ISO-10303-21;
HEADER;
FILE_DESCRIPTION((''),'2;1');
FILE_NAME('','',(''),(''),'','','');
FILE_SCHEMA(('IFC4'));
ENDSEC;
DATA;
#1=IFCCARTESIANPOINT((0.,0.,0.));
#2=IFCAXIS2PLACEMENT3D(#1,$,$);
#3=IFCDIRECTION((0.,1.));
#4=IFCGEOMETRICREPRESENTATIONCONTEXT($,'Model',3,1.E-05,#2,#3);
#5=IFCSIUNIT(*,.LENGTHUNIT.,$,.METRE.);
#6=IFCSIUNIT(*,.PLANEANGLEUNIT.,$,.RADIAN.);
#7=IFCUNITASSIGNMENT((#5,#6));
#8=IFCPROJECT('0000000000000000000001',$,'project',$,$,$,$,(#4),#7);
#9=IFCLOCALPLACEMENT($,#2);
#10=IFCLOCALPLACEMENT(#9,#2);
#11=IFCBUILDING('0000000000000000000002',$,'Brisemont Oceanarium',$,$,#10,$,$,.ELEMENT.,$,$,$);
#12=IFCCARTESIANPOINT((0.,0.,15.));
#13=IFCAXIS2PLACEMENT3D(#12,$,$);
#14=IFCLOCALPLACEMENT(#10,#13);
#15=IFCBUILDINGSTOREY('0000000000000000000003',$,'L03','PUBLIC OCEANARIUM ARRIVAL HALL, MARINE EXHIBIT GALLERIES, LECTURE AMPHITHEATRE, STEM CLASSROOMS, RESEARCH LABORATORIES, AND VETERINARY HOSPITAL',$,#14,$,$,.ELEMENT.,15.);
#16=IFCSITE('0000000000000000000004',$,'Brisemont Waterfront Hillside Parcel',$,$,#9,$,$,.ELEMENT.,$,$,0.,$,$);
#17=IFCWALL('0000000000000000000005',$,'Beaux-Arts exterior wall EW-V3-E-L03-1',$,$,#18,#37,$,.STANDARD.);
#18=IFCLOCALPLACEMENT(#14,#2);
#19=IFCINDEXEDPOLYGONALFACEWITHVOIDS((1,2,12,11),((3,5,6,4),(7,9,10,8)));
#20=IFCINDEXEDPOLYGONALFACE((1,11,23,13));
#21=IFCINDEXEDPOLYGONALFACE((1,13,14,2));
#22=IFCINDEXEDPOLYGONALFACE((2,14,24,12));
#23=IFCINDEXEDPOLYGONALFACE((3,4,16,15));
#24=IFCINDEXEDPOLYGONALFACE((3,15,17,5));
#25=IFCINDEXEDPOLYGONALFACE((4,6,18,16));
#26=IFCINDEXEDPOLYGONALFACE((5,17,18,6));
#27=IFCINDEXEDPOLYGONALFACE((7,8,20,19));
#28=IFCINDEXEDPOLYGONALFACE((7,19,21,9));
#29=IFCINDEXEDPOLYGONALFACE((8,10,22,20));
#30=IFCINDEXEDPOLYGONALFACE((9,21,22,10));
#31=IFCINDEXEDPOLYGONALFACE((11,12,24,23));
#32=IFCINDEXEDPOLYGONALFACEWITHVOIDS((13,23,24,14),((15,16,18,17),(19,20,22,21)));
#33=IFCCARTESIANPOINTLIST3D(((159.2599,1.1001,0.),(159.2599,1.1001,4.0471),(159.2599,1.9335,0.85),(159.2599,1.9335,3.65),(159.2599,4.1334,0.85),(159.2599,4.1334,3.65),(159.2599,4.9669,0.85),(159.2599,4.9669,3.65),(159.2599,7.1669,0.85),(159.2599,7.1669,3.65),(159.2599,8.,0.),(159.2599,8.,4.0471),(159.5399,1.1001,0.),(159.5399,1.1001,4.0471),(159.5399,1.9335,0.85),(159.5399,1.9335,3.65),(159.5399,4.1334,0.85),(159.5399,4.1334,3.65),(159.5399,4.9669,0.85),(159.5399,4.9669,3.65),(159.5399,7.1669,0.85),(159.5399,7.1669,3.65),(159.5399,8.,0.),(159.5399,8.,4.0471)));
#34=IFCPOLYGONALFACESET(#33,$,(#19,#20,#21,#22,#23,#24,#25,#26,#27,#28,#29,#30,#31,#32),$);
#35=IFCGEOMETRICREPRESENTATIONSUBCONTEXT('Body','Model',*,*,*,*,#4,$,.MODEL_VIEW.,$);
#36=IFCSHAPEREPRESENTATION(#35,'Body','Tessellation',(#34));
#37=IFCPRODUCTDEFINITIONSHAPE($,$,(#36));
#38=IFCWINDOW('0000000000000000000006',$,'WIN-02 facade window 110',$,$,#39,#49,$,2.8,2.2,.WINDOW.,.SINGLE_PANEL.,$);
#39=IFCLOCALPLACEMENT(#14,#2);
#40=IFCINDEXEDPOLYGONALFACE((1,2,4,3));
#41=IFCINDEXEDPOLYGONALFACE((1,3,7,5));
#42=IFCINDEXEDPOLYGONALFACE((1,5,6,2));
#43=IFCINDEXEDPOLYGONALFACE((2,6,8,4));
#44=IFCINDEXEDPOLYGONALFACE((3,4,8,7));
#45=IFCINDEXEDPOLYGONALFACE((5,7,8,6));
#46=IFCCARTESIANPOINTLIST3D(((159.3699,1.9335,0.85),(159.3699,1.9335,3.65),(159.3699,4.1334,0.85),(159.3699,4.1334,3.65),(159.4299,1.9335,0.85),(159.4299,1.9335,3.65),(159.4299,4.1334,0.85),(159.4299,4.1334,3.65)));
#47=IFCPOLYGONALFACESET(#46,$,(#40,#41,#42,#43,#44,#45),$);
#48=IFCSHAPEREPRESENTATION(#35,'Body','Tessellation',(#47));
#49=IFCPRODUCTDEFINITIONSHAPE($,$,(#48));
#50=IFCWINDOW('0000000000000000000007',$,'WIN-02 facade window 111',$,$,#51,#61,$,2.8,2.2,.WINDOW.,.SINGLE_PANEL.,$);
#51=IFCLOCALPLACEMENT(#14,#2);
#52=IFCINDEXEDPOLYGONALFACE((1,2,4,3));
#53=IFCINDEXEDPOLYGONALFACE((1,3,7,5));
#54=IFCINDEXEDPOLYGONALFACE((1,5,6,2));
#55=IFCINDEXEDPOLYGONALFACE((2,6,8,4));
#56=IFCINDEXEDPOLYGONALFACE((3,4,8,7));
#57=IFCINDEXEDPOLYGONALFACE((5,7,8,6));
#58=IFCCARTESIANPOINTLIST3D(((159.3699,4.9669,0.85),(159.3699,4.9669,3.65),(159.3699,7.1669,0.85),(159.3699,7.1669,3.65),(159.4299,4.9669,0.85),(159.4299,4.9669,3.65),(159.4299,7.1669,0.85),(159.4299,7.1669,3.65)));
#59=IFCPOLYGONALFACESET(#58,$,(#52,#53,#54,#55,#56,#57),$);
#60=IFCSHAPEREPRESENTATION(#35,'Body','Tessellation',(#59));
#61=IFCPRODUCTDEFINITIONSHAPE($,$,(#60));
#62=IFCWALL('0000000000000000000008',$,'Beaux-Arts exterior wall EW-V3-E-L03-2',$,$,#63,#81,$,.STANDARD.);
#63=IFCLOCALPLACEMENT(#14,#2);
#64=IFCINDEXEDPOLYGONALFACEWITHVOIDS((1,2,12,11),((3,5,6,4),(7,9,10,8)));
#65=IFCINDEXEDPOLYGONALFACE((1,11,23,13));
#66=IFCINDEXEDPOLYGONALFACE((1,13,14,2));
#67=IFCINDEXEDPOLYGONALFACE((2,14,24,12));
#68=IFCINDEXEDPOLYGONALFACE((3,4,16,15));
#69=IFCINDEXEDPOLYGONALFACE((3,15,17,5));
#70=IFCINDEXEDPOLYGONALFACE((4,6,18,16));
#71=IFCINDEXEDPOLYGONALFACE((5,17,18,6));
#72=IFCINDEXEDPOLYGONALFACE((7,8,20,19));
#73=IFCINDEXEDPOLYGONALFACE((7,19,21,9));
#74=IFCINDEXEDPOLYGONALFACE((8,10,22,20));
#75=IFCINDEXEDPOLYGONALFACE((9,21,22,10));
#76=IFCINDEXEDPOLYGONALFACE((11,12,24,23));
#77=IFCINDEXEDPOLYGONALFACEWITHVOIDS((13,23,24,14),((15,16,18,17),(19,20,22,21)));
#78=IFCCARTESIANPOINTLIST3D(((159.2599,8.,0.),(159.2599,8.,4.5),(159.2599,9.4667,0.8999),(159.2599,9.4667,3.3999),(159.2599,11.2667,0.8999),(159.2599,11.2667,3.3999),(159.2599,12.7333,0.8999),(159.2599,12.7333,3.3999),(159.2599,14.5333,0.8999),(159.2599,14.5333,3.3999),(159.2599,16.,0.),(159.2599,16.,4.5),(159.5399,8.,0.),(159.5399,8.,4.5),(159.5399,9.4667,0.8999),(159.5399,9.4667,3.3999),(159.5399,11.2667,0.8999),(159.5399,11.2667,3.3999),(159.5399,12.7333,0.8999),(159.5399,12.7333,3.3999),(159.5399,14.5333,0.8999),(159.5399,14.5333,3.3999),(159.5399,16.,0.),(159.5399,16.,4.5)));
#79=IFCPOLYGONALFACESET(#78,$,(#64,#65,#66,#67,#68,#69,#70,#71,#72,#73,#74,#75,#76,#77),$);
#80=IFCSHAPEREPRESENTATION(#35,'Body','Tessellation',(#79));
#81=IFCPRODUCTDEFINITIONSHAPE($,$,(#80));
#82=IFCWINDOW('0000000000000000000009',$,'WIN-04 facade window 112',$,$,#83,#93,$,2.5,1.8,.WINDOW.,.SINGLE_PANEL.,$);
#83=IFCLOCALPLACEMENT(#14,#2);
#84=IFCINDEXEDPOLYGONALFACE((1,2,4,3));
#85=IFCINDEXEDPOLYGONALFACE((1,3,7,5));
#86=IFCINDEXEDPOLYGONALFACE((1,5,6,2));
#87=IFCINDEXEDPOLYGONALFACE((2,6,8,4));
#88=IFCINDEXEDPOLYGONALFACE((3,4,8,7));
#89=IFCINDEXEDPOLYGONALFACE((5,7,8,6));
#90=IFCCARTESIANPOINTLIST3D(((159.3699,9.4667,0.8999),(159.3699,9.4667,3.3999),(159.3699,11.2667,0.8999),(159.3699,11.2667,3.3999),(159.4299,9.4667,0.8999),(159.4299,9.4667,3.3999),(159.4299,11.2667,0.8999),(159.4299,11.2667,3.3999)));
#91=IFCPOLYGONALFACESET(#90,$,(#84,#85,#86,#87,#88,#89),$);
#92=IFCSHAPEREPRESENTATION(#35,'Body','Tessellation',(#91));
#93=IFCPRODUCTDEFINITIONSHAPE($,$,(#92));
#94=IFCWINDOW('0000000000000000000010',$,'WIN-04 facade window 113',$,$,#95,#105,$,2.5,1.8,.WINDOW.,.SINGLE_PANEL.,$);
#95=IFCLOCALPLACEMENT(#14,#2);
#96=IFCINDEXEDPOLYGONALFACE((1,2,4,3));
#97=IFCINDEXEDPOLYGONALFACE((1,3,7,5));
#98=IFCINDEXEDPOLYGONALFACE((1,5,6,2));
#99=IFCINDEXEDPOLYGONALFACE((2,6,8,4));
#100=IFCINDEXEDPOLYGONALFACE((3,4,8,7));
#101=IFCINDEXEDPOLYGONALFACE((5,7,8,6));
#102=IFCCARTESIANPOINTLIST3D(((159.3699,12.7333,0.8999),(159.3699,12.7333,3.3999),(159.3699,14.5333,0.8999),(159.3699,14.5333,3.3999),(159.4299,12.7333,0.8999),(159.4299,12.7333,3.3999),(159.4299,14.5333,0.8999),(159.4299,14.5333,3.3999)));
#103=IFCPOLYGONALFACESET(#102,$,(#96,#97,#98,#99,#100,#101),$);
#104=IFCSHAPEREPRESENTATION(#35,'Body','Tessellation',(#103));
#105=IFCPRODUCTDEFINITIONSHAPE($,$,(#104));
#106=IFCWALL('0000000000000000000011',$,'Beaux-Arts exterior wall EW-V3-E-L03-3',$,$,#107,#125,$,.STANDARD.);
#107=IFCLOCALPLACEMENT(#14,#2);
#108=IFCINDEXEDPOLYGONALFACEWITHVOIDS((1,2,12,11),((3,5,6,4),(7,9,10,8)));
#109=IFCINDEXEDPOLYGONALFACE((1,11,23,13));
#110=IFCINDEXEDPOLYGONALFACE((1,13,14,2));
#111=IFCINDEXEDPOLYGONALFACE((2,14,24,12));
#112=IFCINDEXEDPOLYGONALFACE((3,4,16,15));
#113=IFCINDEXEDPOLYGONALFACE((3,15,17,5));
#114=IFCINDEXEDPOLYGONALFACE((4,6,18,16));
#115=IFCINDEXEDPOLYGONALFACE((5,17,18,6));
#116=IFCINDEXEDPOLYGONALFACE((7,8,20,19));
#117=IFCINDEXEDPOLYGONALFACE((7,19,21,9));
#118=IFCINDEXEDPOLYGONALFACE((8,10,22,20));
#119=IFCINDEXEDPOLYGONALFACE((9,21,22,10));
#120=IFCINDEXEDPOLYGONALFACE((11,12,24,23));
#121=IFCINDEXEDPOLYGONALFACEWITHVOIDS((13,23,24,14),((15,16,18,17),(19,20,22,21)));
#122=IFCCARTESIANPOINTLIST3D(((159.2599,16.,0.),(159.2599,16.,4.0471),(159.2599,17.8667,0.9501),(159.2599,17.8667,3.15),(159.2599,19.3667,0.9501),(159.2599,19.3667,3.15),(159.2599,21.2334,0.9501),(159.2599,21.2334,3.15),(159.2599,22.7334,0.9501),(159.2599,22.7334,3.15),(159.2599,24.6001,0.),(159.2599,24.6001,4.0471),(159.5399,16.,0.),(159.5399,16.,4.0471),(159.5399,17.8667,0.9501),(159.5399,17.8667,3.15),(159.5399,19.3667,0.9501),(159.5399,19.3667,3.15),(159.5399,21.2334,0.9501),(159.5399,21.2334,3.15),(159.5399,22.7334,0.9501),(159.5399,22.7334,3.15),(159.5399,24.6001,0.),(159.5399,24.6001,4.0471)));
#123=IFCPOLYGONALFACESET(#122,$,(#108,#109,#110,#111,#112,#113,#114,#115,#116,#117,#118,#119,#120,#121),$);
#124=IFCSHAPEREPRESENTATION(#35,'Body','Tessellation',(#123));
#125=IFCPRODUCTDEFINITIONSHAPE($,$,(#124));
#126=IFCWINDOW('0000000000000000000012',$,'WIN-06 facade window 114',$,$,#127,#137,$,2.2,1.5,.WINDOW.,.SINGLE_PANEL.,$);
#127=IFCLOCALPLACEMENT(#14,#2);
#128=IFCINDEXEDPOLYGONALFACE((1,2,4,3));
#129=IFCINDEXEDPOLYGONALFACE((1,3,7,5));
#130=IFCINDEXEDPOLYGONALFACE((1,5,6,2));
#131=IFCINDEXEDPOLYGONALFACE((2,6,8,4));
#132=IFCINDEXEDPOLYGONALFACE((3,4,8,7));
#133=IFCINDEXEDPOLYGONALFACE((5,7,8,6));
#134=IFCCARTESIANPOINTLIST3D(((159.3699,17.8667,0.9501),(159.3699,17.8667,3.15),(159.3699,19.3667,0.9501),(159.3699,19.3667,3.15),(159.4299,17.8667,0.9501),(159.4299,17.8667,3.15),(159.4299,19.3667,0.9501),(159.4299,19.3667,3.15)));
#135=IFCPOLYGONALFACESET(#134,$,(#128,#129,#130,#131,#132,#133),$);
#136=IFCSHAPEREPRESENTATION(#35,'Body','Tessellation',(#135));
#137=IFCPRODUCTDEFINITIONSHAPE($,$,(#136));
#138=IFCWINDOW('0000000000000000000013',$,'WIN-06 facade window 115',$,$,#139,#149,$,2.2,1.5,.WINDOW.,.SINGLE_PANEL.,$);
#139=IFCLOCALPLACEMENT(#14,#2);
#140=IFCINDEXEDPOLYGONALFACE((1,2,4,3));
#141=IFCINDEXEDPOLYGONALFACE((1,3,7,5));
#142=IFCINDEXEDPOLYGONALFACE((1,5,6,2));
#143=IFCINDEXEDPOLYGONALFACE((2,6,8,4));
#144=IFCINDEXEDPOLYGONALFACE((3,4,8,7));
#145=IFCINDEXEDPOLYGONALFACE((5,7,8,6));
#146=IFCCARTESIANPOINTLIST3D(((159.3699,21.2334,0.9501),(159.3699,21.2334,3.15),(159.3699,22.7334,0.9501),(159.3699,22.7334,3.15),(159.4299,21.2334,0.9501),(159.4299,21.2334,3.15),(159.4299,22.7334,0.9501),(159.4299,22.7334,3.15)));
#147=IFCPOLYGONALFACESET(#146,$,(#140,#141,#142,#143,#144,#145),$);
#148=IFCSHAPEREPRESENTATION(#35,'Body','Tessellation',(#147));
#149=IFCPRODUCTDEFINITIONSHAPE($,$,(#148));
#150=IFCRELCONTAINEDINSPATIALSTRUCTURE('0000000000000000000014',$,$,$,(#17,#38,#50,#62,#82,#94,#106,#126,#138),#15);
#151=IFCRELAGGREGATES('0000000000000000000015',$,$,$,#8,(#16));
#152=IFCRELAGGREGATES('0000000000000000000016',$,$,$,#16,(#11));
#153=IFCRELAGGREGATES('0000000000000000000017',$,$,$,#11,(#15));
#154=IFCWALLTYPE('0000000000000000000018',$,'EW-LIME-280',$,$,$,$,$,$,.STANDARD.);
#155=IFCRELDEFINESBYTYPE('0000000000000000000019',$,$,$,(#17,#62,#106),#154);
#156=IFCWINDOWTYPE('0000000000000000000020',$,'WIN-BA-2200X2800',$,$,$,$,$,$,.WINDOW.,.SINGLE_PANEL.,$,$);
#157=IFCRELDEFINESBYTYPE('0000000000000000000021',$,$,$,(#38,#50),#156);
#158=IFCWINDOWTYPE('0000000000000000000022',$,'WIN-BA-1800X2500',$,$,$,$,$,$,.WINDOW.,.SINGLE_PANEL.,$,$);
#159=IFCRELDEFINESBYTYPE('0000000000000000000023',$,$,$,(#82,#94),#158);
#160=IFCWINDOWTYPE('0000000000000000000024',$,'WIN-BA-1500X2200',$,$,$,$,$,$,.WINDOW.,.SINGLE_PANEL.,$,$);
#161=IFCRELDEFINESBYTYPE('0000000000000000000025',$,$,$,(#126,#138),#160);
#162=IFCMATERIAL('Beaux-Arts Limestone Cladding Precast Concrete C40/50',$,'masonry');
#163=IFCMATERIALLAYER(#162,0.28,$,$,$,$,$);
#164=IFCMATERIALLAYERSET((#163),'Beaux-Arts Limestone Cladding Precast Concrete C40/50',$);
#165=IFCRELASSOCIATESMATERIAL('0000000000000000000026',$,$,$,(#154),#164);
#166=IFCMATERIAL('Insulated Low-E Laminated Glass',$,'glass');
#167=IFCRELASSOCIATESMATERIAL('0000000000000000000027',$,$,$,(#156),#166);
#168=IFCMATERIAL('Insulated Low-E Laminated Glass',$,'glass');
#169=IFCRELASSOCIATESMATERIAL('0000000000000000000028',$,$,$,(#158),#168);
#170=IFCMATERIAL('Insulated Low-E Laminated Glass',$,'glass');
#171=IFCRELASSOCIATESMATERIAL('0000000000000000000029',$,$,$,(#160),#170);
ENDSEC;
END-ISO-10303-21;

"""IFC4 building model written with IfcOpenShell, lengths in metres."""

from ifc_helpers import new_model, si_unit, direction, frame, frame_2d, origin, place, context, subcontext, project, spatial, rectangle, extrude, material, layer, layer_set, type_object, element, fill, save


model = new_model("IFC4")

# Units and contexts
model_context = context("Model", 3, precision=1e-05, world=origin(), true_north=direction((0.0, 1.0)))
body_context = subcontext(model_context, "Body", "Model", "MODEL_VIEW")
ifc_project = project(units=[si_unit("LENGTHUNIT", "METRE"), si_unit("PLANEANGLEUNIT", "RADIAN")], contexts=[model_context])

# Site, building, storey
site_placement = place(None, origin())
site = spatial("IfcSite", under=ifc_project, at=site_placement, Name="Brisemont Waterfront Hillside Parcel", CompositionType="ELEMENT", RefElevation=0.0)
building_placement = place(site_placement, origin())
building = spatial("IfcBuilding", under=site, at=building_placement, Name="Brisemont Oceanarium", CompositionType="ELEMENT")
storey_placement = place(building_placement, frame((0.0, 0.0, 15.0)))
storey = spatial("IfcBuildingStorey", under=building, at=storey_placement, Name="L03", Description="PUBLIC OCEANARIUM ARRIVAL HALL, MARINE EXHIBIT GALLERIES, LECTURE AMPHITHEATRE, STEM CLASSROOMS, RESEARCH LABORATORIES, AND VETERINARY HOSPITAL", CompositionType="ELEMENT", Elevation=15.0)

# Walls, openings, windows
ifc_material_1 = material(Name="Beaux-Arts Limestone Cladding Precast Concrete C40/50", Category="masonry")
ifc_layer_1 = layer(ifc_material_1, 0.28)
ifc_layer_set_1 = layer_set([ifc_layer_1], Name="Beaux-Arts Limestone Cladding Precast Concrete C40/50")
wall_type = type_object("IfcWallType", Name="EW-LIME-280", PredefinedType="STANDARD", material=ifc_layer_set_1)
wall_1_placement = place(storey_placement, frame((159.3999, 1.1001, 0.0), z_axis=(0.0, 0.0, 1.0), x_axis=(0.0, 1.0, 0.0)))
wall_1 = element("IfcWall", 1, at=wall_1_placement, inside=storey, type_object=wall_type, Name="Beaux-Arts exterior wall EW-V3-E-L03-1", PredefinedType="STANDARD", context=body_context, shape_type="SweptSolid", body=[
    extrude(rectangle(XDim=6.8999, YDim=0.28, at=frame_2d((3.45, 0.0))), origin(), (0.0, 0.0, 1.0), 4.0471),
])
opening_1_placement = place(wall_1_placement, frame((0.8333, 0.0, 0.8501)))
opening_1 = element("IfcOpeningElement", 2, at=opening_1_placement, cuts=wall_1, PredefinedType="OPENING", context=body_context, shape_type="SweptSolid", body=[
    extrude(rectangle(XDim=2.2, YDim=2.8, at=frame_2d((1.1001, 1.3999))), frame((0.0, 0.1499, 0.0), z_axis=(0.0, -1.0, 0.0), x_axis=(1.0, 0.0, 0.0)), (0.0, 0.0, 1.0), 0.3),
])
opening_2_placement = place(wall_1_placement, frame((3.8667, 0.0, 0.8501)))
opening_2 = element("IfcOpeningElement", 3, at=opening_2_placement, cuts=wall_1, PredefinedType="OPENING", context=body_context, shape_type="SweptSolid", body=[
    extrude(rectangle(XDim=2.2, YDim=2.8, at=frame_2d((1.1001, 1.3999))), frame((0.0, 0.1499, 0.0), z_axis=(0.0, -1.0, 0.0), x_axis=(1.0, 0.0, 0.0)), (0.0, 0.0, 1.0), 0.3),
])
ifc_material_2 = material(Name="Insulated Low-E Laminated Glass", Category="glass")
window_type_1 = type_object("IfcWindowType", Name="WIN-BA-2200X2800", PartitioningType="SINGLE_PANEL", PredefinedType="WINDOW", material=ifc_material_2)
window_1_placement = place(opening_1_placement, origin())
window_1 = element("IfcWindow", 4, at=window_1_placement, inside=storey, type_object=window_type_1, Name="WIN-02 facade window 110", OverallHeight=2.8, OverallWidth=2.2, PartitioningType="SINGLE_PANEL", PredefinedType="WINDOW", context=body_context, shape_type="SweptSolid", body=[
    extrude(rectangle(XDim=2.2, YDim=2.8, at=frame_2d((1.1001, 1.3999))), frame((0.0, 0.03, 0.0), z_axis=(0.0, -1.0, 0.0), x_axis=(1.0, 0.0, 0.0)), (0.0, 0.0, 1.0), 0.0601),
])
fill(opening_1, window_1)
window_2_placement = place(opening_2_placement, origin())
window_2 = element("IfcWindow", 5, at=window_2_placement, inside=storey, type_object=window_type_1, Name="WIN-02 facade window 111", OverallHeight=2.8, OverallWidth=2.2, PartitioningType="SINGLE_PANEL", PredefinedType="WINDOW", context=body_context, shape_type="SweptSolid", body=[
    extrude(rectangle(XDim=2.2, YDim=2.8, at=frame_2d((1.1001, 1.3999))), frame((0.0, 0.03, 0.0), z_axis=(0.0, -1.0, 0.0), x_axis=(1.0, 0.0, 0.0)), (0.0, 0.0, 1.0), 0.0601),
])
fill(opening_2, window_2)
wall_2_placement = place(storey_placement, frame((159.3999, 8.0, 0.0), z_axis=(0.0, 0.0, 1.0), x_axis=(0.0, 1.0, 0.0)))
wall_2 = element("IfcWall", 6, at=wall_2_placement, inside=storey, type_object=wall_type, Name="Beaux-Arts exterior wall EW-V3-E-L03-2", PredefinedType="STANDARD", context=body_context, shape_type="SweptSolid", body=[
    extrude(rectangle(XDim=8.0, YDim=0.28, at=frame_2d((4.0, 0.0))), origin(), (0.0, 0.0, 1.0), 4.5),
])
opening_3_placement = place(wall_2_placement, frame((1.4668, 0.0, 0.8999)))
opening_3 = element("IfcOpeningElement", 7, at=opening_3_placement, cuts=wall_2, PredefinedType="OPENING", context=body_context, shape_type="SweptSolid", body=[
    extrude(rectangle(XDim=1.8, YDim=2.5, at=frame_2d((0.8999, 1.25))), frame((0.0, 0.1499, 0.0), z_axis=(0.0, -1.0, 0.0), x_axis=(1.0, 0.0, 0.0)), (0.0, 0.0, 1.0), 0.3),
])
opening_4_placement = place(wall_2_placement, frame((4.7334, 0.0, 0.8999)))
opening_4 = element("IfcOpeningElement", 8, at=opening_4_placement, cuts=wall_2, PredefinedType="OPENING", context=body_context, shape_type="SweptSolid", body=[
    extrude(rectangle(XDim=1.8, YDim=2.5, at=frame_2d((0.8999, 1.25))), frame((0.0, 0.1499, 0.0), z_axis=(0.0, -1.0, 0.0), x_axis=(1.0, 0.0, 0.0)), (0.0, 0.0, 1.0), 0.3),
])
ifc_material_3 = material(Name="Insulated Low-E Laminated Glass", Category="glass")
window_type_2 = type_object("IfcWindowType", Name="WIN-BA-1800X2500", PartitioningType="SINGLE_PANEL", PredefinedType="WINDOW", material=ifc_material_3)
window_3_placement = place(opening_3_placement, origin())
window_3 = element("IfcWindow", 9, at=window_3_placement, inside=storey, type_object=window_type_2, Name="WIN-04 facade window 112", OverallHeight=2.5, OverallWidth=1.8, PartitioningType="SINGLE_PANEL", PredefinedType="WINDOW", context=body_context, shape_type="SweptSolid", body=[
    extrude(rectangle(XDim=1.8, YDim=2.5, at=frame_2d((0.8999, 1.25))), frame((0.0, 0.03, 0.0), z_axis=(0.0, -1.0, 0.0), x_axis=(1.0, 0.0, 0.0)), (0.0, 0.0, 1.0), 0.0601),
])
fill(opening_3, window_3)
window_4_placement = place(opening_4_placement, origin())
window_4 = element("IfcWindow", 10, at=window_4_placement, inside=storey, type_object=window_type_2, Name="WIN-04 facade window 113", OverallHeight=2.5, OverallWidth=1.8, PartitioningType="SINGLE_PANEL", PredefinedType="WINDOW", context=body_context, shape_type="SweptSolid", body=[
    extrude(rectangle(XDim=1.8, YDim=2.5, at=frame_2d((0.8999, 1.25))), frame((0.0, 0.03, 0.0), z_axis=(0.0, -1.0, 0.0), x_axis=(1.0, 0.0, 0.0)), (0.0, 0.0, 1.0), 0.0601),
])
fill(opening_4, window_4)
wall_3_placement = place(storey_placement, frame((159.3999, 16.0, 0.0), z_axis=(0.0, 0.0, 1.0), x_axis=(0.0, 1.0, 0.0)))
wall_3 = element("IfcWall", 11, at=wall_3_placement, inside=storey, type_object=wall_type, Name="Beaux-Arts exterior wall EW-V3-E-L03-3", PredefinedType="STANDARD", context=body_context, shape_type="SweptSolid", body=[
    extrude(rectangle(XDim=8.6001, YDim=0.28, at=frame_2d((4.3, 0.0))), origin(), (0.0, 0.0, 1.0), 4.0471),
])
opening_5_placement = place(wall_3_placement, frame((1.8667, 0.0, 0.95)))
opening_5 = element("IfcOpeningElement", 12, at=opening_5_placement, cuts=wall_3, PredefinedType="OPENING", context=body_context, shape_type="SweptSolid", body=[
    extrude(rectangle(XDim=1.5, YDim=2.2, at=frame_2d((0.75, 1.1001))), frame((0.0, 0.1499, 0.0), z_axis=(0.0, -1.0, 0.0), x_axis=(1.0, 0.0, 0.0)), (0.0, 0.0, 1.0), 0.3),
])
opening_6_placement = place(wall_3_placement, frame((5.2334, 0.0, 0.95)))
opening_6 = element("IfcOpeningElement", 13, at=opening_6_placement, cuts=wall_3, PredefinedType="OPENING", context=body_context, shape_type="SweptSolid", body=[
    extrude(rectangle(XDim=1.5, YDim=2.2, at=frame_2d((0.75, 1.1001))), frame((0.0, 0.1499, 0.0), z_axis=(0.0, -1.0, 0.0), x_axis=(1.0, 0.0, 0.0)), (0.0, 0.0, 1.0), 0.3),
])
ifc_material_4 = material(Name="Insulated Low-E Laminated Glass", Category="glass")
window_type_3 = type_object("IfcWindowType", Name="WIN-BA-1500X2200", PartitioningType="SINGLE_PANEL", PredefinedType="WINDOW", material=ifc_material_4)
window_5_placement = place(opening_5_placement, origin())
window_5 = element("IfcWindow", 14, at=window_5_placement, inside=storey, type_object=window_type_3, Name="WIN-06 facade window 114", OverallHeight=2.2, OverallWidth=1.5, PartitioningType="SINGLE_PANEL", PredefinedType="WINDOW", context=body_context, shape_type="SweptSolid", body=[
    extrude(rectangle(XDim=1.5, YDim=2.2, at=frame_2d((0.75, 1.1001))), frame((0.0, 0.03, 0.0), z_axis=(0.0, -1.0, 0.0), x_axis=(1.0, 0.0, 0.0)), (0.0, 0.0, 1.0), 0.0601),
])
fill(opening_5, window_5)
window_6_placement = place(opening_6_placement, origin())
window_6 = element("IfcWindow", 15, at=window_6_placement, inside=storey, type_object=window_type_3, Name="WIN-06 facade window 115", OverallHeight=2.2, OverallWidth=1.5, PartitioningType="SINGLE_PANEL", PredefinedType="WINDOW", context=body_context, shape_type="SweptSolid", body=[
    extrude(rectangle(XDim=1.5, YDim=2.2, at=frame_2d((0.75, 1.1001))), frame((0.0, 0.03, 0.0), z_axis=(0.0, -1.0, 0.0), x_axis=(1.0, 0.0, 0.0)), (0.0, 0.0, 1.0), 0.0601),
])
fill(opening_6, window_6)

save(model, "model.ifc")
